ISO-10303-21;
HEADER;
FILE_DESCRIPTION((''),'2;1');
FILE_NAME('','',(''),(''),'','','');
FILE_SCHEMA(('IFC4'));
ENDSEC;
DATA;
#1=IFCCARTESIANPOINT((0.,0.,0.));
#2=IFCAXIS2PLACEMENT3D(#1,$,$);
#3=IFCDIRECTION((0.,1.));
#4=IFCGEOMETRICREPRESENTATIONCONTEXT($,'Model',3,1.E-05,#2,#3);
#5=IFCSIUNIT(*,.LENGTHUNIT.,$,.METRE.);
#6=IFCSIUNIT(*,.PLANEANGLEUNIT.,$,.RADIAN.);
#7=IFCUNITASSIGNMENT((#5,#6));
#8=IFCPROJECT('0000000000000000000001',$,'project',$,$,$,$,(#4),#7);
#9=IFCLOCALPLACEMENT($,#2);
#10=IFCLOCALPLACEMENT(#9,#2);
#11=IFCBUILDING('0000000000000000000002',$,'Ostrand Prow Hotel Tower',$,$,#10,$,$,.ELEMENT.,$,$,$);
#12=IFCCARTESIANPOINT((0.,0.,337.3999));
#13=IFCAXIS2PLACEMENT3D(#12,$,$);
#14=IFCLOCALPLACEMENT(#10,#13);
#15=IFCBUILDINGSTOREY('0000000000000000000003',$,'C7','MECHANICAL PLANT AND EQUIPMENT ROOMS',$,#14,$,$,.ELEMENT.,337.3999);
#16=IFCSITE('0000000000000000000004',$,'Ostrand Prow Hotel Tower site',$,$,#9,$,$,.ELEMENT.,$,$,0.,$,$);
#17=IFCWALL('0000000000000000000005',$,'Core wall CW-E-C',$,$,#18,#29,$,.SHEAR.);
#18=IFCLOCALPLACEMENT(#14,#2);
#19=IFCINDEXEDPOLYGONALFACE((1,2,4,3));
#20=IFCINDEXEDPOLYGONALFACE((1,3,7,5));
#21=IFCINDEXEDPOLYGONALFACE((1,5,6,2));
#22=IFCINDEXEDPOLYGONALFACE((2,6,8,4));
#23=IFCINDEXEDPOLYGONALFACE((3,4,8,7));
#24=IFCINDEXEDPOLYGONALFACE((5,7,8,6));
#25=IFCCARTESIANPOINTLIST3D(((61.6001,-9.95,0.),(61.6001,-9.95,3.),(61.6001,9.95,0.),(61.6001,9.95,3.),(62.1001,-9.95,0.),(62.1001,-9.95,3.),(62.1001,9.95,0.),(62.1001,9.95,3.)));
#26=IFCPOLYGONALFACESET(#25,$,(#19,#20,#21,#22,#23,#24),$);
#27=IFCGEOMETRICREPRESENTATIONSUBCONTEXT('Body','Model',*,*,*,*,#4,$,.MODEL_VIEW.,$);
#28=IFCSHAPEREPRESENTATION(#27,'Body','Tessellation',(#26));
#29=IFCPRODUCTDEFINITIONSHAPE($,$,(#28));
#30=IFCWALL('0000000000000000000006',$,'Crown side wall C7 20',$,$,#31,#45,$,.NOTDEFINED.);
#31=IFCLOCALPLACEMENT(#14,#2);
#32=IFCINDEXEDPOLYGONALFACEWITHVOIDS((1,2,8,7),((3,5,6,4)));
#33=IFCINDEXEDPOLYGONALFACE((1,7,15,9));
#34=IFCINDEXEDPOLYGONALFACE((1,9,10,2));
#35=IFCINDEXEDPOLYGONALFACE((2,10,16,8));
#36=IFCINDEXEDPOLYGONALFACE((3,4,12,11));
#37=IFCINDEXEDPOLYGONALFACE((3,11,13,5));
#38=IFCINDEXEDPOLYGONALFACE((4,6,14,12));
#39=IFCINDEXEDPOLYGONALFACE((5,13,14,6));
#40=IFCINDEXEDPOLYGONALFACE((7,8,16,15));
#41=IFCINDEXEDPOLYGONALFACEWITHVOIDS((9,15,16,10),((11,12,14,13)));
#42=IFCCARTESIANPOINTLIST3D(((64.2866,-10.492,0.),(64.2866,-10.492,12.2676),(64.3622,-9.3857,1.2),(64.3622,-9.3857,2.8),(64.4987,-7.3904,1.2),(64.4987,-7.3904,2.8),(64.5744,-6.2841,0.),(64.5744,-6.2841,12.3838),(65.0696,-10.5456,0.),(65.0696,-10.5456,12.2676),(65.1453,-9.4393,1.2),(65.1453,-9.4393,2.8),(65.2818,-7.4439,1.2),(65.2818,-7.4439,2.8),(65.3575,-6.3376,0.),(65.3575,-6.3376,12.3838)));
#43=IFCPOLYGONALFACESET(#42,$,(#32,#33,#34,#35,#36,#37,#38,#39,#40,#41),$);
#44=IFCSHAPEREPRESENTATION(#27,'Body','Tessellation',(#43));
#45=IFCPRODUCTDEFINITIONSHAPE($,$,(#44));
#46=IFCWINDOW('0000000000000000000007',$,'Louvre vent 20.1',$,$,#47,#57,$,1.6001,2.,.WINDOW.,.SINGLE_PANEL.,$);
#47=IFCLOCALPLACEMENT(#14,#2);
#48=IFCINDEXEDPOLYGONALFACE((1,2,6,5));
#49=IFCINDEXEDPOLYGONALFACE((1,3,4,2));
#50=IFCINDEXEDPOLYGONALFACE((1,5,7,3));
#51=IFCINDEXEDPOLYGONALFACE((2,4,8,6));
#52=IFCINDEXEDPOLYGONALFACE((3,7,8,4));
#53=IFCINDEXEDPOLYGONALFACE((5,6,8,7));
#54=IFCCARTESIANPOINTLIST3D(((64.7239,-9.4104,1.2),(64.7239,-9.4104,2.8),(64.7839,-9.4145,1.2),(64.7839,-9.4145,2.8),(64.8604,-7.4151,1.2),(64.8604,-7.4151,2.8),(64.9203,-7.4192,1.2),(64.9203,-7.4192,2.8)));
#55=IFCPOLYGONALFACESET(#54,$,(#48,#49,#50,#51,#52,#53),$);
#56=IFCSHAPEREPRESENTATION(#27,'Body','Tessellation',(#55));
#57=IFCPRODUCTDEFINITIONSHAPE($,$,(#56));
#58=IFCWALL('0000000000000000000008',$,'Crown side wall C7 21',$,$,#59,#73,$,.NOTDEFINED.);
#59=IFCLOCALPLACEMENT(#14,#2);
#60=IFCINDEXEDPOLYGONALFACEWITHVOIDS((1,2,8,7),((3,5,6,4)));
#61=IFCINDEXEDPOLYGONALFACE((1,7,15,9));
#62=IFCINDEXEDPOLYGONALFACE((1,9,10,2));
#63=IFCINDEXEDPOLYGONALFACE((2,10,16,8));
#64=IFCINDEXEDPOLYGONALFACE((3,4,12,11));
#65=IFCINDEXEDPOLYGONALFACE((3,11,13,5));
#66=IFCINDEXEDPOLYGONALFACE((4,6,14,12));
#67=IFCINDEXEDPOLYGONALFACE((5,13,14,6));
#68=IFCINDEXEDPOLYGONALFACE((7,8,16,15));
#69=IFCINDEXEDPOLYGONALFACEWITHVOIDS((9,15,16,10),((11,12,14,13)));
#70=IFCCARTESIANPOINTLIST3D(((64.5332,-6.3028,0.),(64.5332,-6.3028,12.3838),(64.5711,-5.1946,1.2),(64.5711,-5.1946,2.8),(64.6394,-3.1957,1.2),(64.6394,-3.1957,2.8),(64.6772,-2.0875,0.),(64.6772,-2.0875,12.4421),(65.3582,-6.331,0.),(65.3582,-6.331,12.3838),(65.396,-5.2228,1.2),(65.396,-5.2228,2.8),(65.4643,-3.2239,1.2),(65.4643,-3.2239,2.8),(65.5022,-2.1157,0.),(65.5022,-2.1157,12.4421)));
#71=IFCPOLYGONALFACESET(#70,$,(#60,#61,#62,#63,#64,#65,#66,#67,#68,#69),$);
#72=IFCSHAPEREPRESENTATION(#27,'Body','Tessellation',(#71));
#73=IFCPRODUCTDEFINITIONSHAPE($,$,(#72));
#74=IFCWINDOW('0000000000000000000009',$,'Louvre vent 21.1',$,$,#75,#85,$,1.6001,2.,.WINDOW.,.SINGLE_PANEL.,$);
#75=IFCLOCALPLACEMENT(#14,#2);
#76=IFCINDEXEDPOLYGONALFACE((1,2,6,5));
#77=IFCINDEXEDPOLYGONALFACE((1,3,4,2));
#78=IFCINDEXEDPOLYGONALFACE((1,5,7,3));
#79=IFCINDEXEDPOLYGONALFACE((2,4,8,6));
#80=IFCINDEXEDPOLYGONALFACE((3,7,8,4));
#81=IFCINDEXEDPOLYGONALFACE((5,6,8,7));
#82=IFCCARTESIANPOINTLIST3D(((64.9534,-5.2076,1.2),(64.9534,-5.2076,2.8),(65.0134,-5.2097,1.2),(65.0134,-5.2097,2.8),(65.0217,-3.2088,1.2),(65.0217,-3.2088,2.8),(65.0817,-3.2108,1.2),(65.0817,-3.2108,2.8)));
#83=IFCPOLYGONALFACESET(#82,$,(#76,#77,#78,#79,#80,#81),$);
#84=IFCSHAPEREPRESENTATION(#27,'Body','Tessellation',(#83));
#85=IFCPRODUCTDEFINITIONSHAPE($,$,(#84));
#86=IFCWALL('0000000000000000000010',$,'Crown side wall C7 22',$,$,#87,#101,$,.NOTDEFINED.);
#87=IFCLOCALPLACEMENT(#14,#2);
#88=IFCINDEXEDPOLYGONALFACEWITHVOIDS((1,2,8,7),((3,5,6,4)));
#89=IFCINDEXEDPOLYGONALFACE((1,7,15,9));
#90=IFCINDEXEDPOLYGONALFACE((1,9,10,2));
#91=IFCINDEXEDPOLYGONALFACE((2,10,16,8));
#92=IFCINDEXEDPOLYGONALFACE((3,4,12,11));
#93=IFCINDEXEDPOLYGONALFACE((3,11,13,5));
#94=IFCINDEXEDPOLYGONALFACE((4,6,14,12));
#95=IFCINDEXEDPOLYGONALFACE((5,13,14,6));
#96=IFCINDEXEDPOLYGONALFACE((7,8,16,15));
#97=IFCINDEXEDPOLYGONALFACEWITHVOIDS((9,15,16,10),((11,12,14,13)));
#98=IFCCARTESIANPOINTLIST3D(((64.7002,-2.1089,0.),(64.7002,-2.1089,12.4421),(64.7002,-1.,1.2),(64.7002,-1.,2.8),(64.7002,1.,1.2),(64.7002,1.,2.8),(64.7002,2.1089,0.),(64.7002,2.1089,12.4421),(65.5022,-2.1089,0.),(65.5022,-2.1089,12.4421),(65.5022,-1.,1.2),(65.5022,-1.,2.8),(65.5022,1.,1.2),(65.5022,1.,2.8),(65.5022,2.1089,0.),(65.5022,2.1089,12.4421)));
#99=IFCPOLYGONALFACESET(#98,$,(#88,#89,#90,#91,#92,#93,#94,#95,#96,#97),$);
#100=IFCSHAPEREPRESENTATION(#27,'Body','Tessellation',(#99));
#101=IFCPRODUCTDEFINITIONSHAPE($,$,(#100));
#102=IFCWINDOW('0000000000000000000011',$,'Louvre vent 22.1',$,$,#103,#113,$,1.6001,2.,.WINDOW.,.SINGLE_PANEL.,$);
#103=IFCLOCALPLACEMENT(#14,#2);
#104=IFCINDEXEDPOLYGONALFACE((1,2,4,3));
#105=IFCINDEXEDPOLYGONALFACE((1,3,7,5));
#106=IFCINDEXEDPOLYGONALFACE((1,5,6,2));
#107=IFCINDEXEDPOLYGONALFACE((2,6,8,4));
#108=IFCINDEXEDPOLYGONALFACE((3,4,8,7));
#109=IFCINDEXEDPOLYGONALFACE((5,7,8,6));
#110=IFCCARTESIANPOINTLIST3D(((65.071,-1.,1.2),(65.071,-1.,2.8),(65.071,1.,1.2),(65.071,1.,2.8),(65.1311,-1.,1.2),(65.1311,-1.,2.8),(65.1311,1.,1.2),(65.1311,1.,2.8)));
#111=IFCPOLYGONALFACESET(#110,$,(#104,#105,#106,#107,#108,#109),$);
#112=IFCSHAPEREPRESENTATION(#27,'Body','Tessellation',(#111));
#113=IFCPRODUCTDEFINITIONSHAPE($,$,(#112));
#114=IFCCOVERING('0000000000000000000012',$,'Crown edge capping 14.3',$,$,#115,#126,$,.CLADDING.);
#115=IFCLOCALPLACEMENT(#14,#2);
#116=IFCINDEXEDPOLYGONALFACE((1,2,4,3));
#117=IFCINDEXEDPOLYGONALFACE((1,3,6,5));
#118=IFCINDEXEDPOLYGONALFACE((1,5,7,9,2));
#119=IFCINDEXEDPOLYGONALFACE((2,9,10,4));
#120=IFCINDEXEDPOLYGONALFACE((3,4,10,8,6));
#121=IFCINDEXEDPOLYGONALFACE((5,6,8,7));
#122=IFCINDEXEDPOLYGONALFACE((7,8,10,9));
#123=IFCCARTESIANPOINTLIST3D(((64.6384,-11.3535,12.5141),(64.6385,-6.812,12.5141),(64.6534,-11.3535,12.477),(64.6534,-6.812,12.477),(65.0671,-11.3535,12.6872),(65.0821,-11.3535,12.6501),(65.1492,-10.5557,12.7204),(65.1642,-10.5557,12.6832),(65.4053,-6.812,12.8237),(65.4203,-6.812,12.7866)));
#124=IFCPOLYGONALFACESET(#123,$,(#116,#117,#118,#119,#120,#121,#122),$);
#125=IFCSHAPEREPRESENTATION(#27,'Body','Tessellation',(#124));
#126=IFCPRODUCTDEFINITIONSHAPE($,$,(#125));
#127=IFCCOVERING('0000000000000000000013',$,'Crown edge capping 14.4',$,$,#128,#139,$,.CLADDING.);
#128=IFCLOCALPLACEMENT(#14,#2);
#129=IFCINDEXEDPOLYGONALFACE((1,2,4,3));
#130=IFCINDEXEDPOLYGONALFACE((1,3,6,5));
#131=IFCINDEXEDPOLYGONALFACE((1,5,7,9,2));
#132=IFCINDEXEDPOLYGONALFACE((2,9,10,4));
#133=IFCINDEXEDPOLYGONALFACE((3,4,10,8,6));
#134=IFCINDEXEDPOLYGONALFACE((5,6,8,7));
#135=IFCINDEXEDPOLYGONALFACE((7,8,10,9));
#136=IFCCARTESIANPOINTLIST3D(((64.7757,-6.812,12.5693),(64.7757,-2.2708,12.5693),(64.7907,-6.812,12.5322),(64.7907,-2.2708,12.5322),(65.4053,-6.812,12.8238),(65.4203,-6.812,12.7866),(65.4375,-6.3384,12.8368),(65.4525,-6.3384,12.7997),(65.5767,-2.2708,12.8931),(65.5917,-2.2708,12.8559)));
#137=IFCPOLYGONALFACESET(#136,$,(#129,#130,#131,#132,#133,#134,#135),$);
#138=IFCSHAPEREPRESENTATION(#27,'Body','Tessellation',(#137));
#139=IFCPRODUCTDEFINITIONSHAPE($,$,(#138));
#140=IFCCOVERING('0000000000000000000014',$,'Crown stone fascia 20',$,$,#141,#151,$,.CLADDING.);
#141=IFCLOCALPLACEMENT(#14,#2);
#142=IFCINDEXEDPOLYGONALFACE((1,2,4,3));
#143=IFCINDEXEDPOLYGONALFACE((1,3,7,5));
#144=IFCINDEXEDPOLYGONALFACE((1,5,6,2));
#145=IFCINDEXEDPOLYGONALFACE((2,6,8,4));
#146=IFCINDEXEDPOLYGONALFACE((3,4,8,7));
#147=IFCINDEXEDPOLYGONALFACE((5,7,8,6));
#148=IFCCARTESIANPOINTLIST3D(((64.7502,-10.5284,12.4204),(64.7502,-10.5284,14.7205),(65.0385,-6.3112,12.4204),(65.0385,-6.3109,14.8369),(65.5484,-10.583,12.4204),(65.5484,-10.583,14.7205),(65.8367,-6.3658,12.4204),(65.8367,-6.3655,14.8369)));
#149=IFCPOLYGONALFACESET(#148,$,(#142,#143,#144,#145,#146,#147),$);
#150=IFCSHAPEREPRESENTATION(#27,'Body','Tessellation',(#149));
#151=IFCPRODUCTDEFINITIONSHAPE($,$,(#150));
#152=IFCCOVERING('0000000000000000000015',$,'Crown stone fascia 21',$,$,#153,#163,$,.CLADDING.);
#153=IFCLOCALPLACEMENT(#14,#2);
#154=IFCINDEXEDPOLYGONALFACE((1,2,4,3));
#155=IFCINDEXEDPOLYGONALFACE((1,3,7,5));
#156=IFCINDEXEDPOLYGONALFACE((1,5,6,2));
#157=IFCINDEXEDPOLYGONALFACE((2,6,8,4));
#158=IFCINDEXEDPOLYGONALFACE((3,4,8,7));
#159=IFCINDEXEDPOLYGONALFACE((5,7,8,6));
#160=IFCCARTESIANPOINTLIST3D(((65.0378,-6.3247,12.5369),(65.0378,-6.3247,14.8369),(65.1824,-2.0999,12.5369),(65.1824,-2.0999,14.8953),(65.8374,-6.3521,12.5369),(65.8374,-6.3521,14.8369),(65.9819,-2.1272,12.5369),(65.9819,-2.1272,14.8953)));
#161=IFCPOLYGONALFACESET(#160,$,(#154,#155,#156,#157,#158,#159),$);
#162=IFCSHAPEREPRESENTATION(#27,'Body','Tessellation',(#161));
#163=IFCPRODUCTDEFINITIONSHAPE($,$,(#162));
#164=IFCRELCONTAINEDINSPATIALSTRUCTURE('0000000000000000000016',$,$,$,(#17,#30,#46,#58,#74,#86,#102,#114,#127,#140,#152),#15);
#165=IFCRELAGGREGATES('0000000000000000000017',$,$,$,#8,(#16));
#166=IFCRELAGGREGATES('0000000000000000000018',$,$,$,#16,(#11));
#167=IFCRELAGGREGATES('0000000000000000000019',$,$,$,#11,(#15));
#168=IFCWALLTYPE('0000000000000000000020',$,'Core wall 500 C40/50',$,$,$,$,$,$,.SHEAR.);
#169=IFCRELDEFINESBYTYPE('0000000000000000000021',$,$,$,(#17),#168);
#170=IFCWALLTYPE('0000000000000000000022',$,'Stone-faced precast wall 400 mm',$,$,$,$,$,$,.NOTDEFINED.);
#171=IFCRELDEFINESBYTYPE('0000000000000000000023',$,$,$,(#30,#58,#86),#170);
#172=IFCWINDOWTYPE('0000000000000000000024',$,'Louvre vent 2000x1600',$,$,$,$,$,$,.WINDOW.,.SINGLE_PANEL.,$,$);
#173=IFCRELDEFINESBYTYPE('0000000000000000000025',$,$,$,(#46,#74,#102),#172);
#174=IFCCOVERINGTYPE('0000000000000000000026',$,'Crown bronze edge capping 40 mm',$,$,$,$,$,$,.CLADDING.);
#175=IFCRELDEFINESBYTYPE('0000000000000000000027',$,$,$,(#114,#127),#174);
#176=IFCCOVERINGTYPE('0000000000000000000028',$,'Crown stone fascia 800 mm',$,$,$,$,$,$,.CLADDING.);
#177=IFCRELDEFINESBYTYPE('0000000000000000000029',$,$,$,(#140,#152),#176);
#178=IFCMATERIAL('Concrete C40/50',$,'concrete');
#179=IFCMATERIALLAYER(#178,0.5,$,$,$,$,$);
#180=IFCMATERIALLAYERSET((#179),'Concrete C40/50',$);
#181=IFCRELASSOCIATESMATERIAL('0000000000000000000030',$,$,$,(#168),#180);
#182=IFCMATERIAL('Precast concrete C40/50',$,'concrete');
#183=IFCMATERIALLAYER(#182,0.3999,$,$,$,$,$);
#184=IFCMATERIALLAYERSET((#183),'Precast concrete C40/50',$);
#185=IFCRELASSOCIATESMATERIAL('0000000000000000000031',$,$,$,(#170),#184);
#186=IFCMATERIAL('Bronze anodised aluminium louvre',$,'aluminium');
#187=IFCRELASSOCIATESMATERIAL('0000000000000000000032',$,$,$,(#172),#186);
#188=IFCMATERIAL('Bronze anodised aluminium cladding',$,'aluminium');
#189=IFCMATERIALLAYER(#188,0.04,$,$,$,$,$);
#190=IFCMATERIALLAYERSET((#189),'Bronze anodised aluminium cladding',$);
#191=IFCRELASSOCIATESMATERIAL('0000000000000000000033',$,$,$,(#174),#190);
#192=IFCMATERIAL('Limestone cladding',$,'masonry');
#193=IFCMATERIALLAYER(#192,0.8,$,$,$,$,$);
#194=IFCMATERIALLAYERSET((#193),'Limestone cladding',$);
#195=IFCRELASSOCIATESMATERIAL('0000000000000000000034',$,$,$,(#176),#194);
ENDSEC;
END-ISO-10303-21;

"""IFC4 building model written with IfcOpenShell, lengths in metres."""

from ifc_helpers import new_model, si_unit, direction, frame, frame_2d, origin, place, context, subcontext, project, spatial, polyline, rectangle, outline, extrude, material, layer, layer_set, type_object, element, fill, save


model = new_model("IFC4")

# Units and contexts
model_context = context("Model", 3, precision=1e-05, world=origin(), true_north=direction((0.0, 1.0)))
body_context = subcontext(model_context, "Body", "Model", "MODEL_VIEW")
ifc_project = project(units=[si_unit("LENGTHUNIT", "METRE"), si_unit("PLANEANGLEUNIT", "RADIAN")], contexts=[model_context])

# Site, building, storey
site_placement = place(None, origin())
site = spatial("IfcSite", under=ifc_project, at=site_placement, Name="Ostrand Prow Hotel Tower site", CompositionType="ELEMENT", RefElevation=0.0)
building_placement = place(site_placement, origin())
building = spatial("IfcBuilding", under=site, at=building_placement, Name="Ostrand Prow Hotel Tower", CompositionType="ELEMENT")
storey_placement = place(building_placement, frame((0.0, 0.0, 337.3999)))
storey = spatial("IfcBuildingStorey", under=building, at=storey_placement, Name="C7", Description="MECHANICAL PLANT AND EQUIPMENT ROOMS", CompositionType="ELEMENT", Elevation=337.3999)

# Wall
ifc_material_1 = material(Name="Concrete C40/50", Category="concrete")
ifc_layer_1 = layer(ifc_material_1, 0.5)
ifc_layer_set_1 = layer_set([ifc_layer_1], Name="Concrete C40/50")
wall_type_1 = type_object("IfcWallType", Name="Core wall 500 C40/50", PredefinedType="SHEAR", material=ifc_layer_set_1)
wall_1_placement = place(storey_placement, frame((61.8501, -9.95, 0.0), z_axis=(0.0, 0.0, 1.0), x_axis=(0.0, 1.0, 0.0)))
element("IfcWall", 1, at=wall_1_placement, inside=storey, type_object=wall_type_1, Name="Core wall CW-E-C", PredefinedType="SHEAR", context=body_context, shape_type="SweptSolid", body=[
    extrude(rectangle(XDim=19.8999, YDim=0.5, at=frame_2d((9.95, 0.0))), origin(), (0.0, 0.0, 1.0), 3.0),
])

# Walls, openings, windows
ifc_material_2 = material(Name="Precast concrete C40/50", Category="concrete")
ifc_layer_2 = layer(ifc_material_2, 0.3999)
ifc_layer_set_2 = layer_set([ifc_layer_2], Name="Precast concrete C40/50")
wall_type_2 = type_object("IfcWallType", Name="Stone-faced precast wall 400 mm", PredefinedType="NOTDEFINED", material=ifc_layer_set_2)
wall_2_placement = place(storey_placement, frame((64.6782, -10.5188, 0.0), z_axis=(0.0, 0.0, 1.0), x_axis=(0.068244, 0.997669, 0.0)))
wall_2 = element("IfcWall", 2, at=wall_2_placement, inside=storey, type_object=wall_type_2, Name="Crown side wall C7 20", PredefinedType="NOTDEFINED", context=body_context, shape_type="SweptSolid", body=[
    extrude(outline(polyline([(0.0, 0.0), (4.2178, 0.0), (4.2178, 12.3838), (0.0, 12.2676), (0.0, 0.0)])), frame((0.0, 0.3926, 0.0), z_axis=(0.0, -1.0, 0.0), x_axis=(1.0, 0.0, 0.0)), (0.0, 0.0, 1.0), 0.7849),
])
opening_1_placement = place(wall_2_placement, frame((1.1089, 0.0, 1.2)))
opening_1 = element("IfcOpeningElement", 3, at=opening_1_placement, cuts=wall_2, PredefinedType="OPENING", context=body_context, shape_type="SweptSolid", body=[
    extrude(rectangle(XDim=2.0, YDim=1.6001, at=frame_2d((1.0, 0.8))), frame((0.0, 0.4023, 0.0), z_axis=(0.0, -1.0, 0.0), x_axis=(1.0, 0.0, 0.0)), (0.0, 0.0, 1.0), 0.8049),
])
ifc_material_3 = material(Name="Bronze anodised aluminium louvre", Category="aluminium")
window_type = type_object("IfcWindowType", Name="Louvre vent 2000x1600", PartitioningType="SINGLE_PANEL", PredefinedType="WINDOW", material=ifc_material_3)
window_1_placement = place(opening_1_placement, origin())
window_1 = element("IfcWindow", 4, at=window_1_placement, inside=storey, type_object=window_type, Name="Louvre vent 20.1", OverallHeight=1.6001, OverallWidth=2.0, PartitioningType="SINGLE_PANEL", PredefinedType="WINDOW", context=body_context, shape_type="SweptSolid", body=[
    extrude(rectangle(XDim=2.0, YDim=1.6001, at=frame_2d((1.0, 0.8))), frame((0.0, 0.03, 0.0), z_axis=(0.0, -1.0, 0.0), x_axis=(1.0, 0.0, 0.0)), (0.0, 0.0, 1.0), 0.0601),
])
fill(opening_1, window_1)
wall_3_placement = place(storey_placement, frame((64.9456, -6.3169, 0.0), z_axis=(0.0, 0.0, 1.0), x_axis=(0.034151, 0.999417, 0.0)))
wall_3 = element("IfcWall", 5, at=wall_3_placement, inside=storey, type_object=wall_type_2, Name="Crown side wall C7 21", PredefinedType="NOTDEFINED", context=body_context, shape_type="SweptSolid", body=[
    extrude(outline(polyline([(0.0, 0.0), (4.2178, 0.0), (4.2178, 12.4421), (0.0, 12.3838), (0.0, 0.0)])), frame((0.0, 0.4126, 0.0), z_axis=(0.0, -1.0, 0.0), x_axis=(1.0, 0.0, 0.0)), (0.0, 0.0, 1.0), 0.8254),
])
opening_2_placement = place(wall_3_placement, frame((1.1089, 0.0, 1.2)))
opening_2 = element("IfcOpeningElement", 6, at=opening_2_placement, cuts=wall_3, PredefinedType="OPENING", context=body_context, shape_type="SweptSolid", body=[
    extrude(rectangle(XDim=2.0, YDim=1.6001, at=frame_2d((1.0, 0.8))), frame((0.0, 0.4226, 0.0), z_axis=(0.0, -1.0, 0.0), x_axis=(1.0, 0.0, 0.0)), (0.0, 0.0, 1.0), 0.8455),
])
window_2_placement = place(opening_2_placement, origin())
window_2 = element("IfcWindow", 7, at=window_2_placement, inside=storey, type_object=window_type, Name="Louvre vent 21.1", OverallHeight=1.6001, OverallWidth=2.0, PartitioningType="SINGLE_PANEL", PredefinedType="WINDOW", context=body_context, shape_type="SweptSolid", body=[
    extrude(rectangle(XDim=2.0, YDim=1.6001, at=frame_2d((1.0, 0.8))), frame((0.0, 0.03, 0.0), z_axis=(0.0, -1.0, 0.0), x_axis=(1.0, 0.0, 0.0)), (0.0, 0.0, 1.0), 0.0601),
])
fill(opening_2, window_2)
wall_4_placement = place(storey_placement, frame((65.1011, -2.1089, 0.0), z_axis=(0.0, 0.0, 1.0), x_axis=(0.0, 1.0, 0.0)))
wall_4 = element("IfcWall", 8, at=wall_4_placement, inside=storey, type_object=wall_type_2, Name="Crown side wall C7 22", PredefinedType="NOTDEFINED", context=body_context, shape_type="SweptSolid", body=[
    extrude(outline(polyline([(0.0, 0.0), (4.2178, 0.0), (4.2178, 12.4421), (0.0, 12.4421), (0.0, 0.0)])), frame((0.0, 0.4009, 0.0), z_axis=(0.0, -1.0, 0.0), x_axis=(1.0, 0.0, 0.0)), (0.0, 0.0, 1.0), 0.802),
])
opening_3_placement = place(wall_4_placement, frame((1.1089, 0.0, 1.2)))
opening_3 = element("IfcOpeningElement", 9, at=opening_3_placement, cuts=wall_4, PredefinedType="OPENING", context=body_context, shape_type="SweptSolid", body=[
    extrude(rectangle(XDim=2.0, YDim=1.6001, at=frame_2d((1.0, 0.8))), frame((0.0, 0.4109, 0.0), z_axis=(0.0, -1.0, 0.0), x_axis=(1.0, 0.0, 0.0)), (0.0, 0.0, 1.0), 0.822),
])
window_3_placement = place(opening_3_placement, origin())
window_3 = element("IfcWindow", 10, at=window_3_placement, inside=storey, type_object=window_type, Name="Louvre vent 22.1", OverallHeight=1.6001, OverallWidth=2.0, PartitioningType="SINGLE_PANEL", PredefinedType="WINDOW", context=body_context, shape_type="SweptSolid", body=[
    extrude(rectangle(XDim=2.0, YDim=1.6001, at=frame_2d((1.0, 0.8))), frame((0.0, 0.03, 0.0), z_axis=(0.0, -1.0, 0.0), x_axis=(1.0, 0.0, 0.0)), (0.0, 0.0, 1.0), 0.0601),
])
fill(opening_3, window_3)

# Coverings
ifc_material_4 = material(Name="Bronze anodised aluminium cladding", Category="aluminium")
ifc_layer_3 = layer(ifc_material_4, 0.04)
ifc_layer_set_3 = layer_set([ifc_layer_3], Name="Bronze anodised aluminium cladding")
covering_type_1 = type_object("IfcCoveringType", Name="Crown bronze edge capping 40 mm", PredefinedType="CLADDING", material=ifc_layer_set_3)
covering_1_placement = place(storey_placement, frame((65.4053, -6.812, 12.8237), z_axis=(-0.37442, 0.000009, 0.927259), x_axis=(-0.927259, 0.0, -0.37442)))
element("IfcCovering", 11, at=covering_1_placement, inside=storey, type_object=covering_type_1, Name="Crown edge capping 14.3", PredefinedType="CLADDING", context=body_context, shape_type="SweptSolid", body=[
    extrude(outline(polyline([(0.0, 0.0), (0.827, 0.0), (0.827, 4.5415), (0.3646, 4.5415), (0.2761, 3.7437), (0.0, 0.0)])), origin(), (0.0, 0.0, -1.0), 0.04),
])
covering_2_placement = place(storey_placement, frame((65.5767, -2.2708, 12.8931), z_axis=(-0.374746, -0.000004, 0.927127), x_axis=(-0.927127, 0.0, -0.374746)))
element("IfcCovering", 12, at=covering_2_placement, inside=storey, type_object=covering_type_1, Name="Crown edge capping 14.4", PredefinedType="CLADDING", context=body_context, shape_type="SweptSolid", body=[
    extrude(outline(polyline([(0.0, 0.0), (0.864, 0.0), (0.864, 4.5413), (0.1849, 4.5413), (0.1501, 4.0676), (0.0, 0.0)])), origin(), (0.0, 0.0, -1.0), 0.04),
])
ifc_material_5 = material(Name="Limestone cladding", Category="masonry")
ifc_layer_4 = layer(ifc_material_5, 0.8)
ifc_layer_set_4 = layer_set([ifc_layer_4], Name="Limestone cladding")
covering_type_2 = type_object("IfcCoveringType", Name="Crown stone fascia 800 mm", PredefinedType="CLADDING", material=ifc_layer_set_4)
covering_3_placement = place(storey_placement, frame((65.1492, -10.5557, 12.4204), z_axis=(0.0, 0.0, 1.0), x_axis=(0.068209, 0.997671, 0.0)))
element("IfcCovering", 13, at=covering_3_placement, inside=storey, type_object=covering_type_2, Name="Crown stone fascia 20", PredefinedType="CLADDING", context=body_context, shape_type="SweptSolid", body=[
    extrude(outline(polyline([(0.0, 0.0), (4.2271, 0.0), (4.2273, 2.4165), (0.0, 2.3), (0.0, 0.0)])), frame((0.0, 0.3999, 0.0), z_axis=(0.0, -1.0, 0.0), x_axis=(1.0, 0.0, 0.0)), (0.0, 0.0, 1.0), 0.8),
])
covering_4_placement = place(storey_placement, frame((65.4375, -6.3384, 12.5369), z_axis=(0.0, 0.0, 1.0), x_axis=(0.03419, 0.999415, 0.0)))
element("IfcCovering", 14, at=covering_4_placement, inside=storey, type_object=covering_type_2, Name="Crown stone fascia 21", PredefinedType="CLADDING", context=body_context, shape_type="SweptSolid", body=[
    extrude(outline(polyline([(0.0, 0.0), (4.2273, 0.0), (4.2273, 2.3584), (0.0, 2.3), (0.0, 0.0)])), frame((0.0, 0.3999, 0.0), z_axis=(0.0, -1.0, 0.0), x_axis=(1.0, 0.0, 0.0)), (0.0, 0.0, 1.0), 0.8),
])

save(model, "model.ifc")
